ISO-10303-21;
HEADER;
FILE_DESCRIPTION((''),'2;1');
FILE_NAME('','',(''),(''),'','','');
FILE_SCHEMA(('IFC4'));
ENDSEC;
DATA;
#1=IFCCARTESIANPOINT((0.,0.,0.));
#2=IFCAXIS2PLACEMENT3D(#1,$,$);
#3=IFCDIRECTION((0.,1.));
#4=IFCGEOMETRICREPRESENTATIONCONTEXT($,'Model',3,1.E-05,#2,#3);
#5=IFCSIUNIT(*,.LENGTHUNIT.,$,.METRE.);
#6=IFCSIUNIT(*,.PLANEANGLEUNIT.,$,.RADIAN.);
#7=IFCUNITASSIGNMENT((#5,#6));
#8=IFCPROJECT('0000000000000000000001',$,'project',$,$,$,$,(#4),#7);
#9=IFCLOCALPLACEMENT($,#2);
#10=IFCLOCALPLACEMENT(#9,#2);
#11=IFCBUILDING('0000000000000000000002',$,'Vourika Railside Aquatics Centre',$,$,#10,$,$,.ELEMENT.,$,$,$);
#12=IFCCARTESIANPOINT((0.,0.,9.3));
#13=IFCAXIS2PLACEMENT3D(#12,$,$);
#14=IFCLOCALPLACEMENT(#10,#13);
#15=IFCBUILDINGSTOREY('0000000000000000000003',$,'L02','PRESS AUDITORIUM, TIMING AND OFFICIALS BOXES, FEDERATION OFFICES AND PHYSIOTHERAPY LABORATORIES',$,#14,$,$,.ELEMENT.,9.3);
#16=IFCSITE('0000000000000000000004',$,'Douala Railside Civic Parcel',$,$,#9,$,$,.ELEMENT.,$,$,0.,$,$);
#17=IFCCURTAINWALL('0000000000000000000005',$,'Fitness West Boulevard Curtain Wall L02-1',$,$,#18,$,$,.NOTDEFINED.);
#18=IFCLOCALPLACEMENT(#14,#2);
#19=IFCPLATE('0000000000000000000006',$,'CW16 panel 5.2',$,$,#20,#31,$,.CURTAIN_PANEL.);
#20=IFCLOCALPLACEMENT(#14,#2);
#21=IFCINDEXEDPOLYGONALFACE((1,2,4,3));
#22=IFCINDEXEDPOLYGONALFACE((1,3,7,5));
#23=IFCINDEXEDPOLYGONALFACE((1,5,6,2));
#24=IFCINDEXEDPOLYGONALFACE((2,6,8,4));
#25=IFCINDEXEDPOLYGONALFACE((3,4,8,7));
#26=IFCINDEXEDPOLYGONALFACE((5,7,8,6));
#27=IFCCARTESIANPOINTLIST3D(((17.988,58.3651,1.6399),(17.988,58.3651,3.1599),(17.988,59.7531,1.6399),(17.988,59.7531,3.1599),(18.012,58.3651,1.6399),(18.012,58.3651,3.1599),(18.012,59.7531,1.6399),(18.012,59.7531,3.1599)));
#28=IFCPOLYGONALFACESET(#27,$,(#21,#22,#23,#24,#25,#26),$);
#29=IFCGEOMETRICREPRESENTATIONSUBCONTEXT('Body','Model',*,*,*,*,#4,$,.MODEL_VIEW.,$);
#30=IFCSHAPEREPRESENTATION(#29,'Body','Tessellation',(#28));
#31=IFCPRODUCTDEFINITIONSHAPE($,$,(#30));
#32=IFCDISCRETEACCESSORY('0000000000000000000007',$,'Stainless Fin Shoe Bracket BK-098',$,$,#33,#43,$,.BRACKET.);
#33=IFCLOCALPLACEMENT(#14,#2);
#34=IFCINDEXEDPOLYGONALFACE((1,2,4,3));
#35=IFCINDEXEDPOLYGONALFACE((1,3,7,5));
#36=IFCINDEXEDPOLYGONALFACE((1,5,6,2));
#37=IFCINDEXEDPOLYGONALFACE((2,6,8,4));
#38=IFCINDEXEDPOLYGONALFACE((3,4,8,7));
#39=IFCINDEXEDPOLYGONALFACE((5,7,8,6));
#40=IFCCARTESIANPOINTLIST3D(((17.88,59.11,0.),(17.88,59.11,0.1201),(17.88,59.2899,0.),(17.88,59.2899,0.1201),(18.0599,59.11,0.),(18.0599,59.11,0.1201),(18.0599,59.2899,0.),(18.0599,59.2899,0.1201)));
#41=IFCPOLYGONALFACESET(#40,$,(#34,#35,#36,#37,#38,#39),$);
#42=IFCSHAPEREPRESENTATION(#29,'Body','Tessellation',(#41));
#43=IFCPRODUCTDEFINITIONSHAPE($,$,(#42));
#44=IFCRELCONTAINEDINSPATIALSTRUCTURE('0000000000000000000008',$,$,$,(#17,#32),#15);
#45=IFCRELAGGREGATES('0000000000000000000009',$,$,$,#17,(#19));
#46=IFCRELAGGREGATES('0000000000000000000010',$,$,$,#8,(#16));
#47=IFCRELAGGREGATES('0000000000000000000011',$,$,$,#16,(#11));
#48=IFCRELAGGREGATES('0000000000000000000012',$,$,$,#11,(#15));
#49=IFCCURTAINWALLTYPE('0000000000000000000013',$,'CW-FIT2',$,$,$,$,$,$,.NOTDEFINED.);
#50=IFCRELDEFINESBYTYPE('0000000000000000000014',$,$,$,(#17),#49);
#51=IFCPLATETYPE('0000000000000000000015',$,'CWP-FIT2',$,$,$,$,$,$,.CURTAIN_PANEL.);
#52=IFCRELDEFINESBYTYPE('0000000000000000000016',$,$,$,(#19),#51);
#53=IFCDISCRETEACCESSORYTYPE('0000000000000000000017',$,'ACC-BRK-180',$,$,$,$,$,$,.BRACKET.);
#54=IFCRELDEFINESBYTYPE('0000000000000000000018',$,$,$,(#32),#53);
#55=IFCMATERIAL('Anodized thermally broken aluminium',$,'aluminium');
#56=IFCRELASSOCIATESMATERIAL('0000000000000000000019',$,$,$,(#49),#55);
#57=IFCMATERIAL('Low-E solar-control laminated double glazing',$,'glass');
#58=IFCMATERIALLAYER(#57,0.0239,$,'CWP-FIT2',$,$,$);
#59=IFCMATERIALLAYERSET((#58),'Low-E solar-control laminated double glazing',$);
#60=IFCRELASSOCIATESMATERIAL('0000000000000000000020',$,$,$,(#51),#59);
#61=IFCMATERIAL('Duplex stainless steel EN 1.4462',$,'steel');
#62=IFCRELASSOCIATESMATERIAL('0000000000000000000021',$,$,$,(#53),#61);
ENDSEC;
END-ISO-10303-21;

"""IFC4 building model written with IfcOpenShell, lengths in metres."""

from ifc_helpers import new_model, si_unit, direction, frame, origin, origin_2d, place, context, subcontext, project, spatial, rectangle, extrude, material, layer, layer_set, type_object, element, aggregate, save


model = new_model("IFC4")

# Units and contexts
model_context = context("Model", 3, precision=1e-05, world=origin(), true_north=direction((0.0, 1.0)))
body_context = subcontext(model_context, "Body", "Model", "MODEL_VIEW")
ifc_project = project(units=[si_unit("LENGTHUNIT", "METRE"), si_unit("PLANEANGLEUNIT", "RADIAN")], contexts=[model_context])

# Site, building, storey
site_placement = place(None, origin())
site = spatial("IfcSite", under=ifc_project, at=site_placement, Name="Douala Railside Civic Parcel", CompositionType="ELEMENT", RefElevation=0.0)
building_placement = place(site_placement, origin())
building = spatial("IfcBuilding", under=site, at=building_placement, Name="Vourika Railside Aquatics Centre", CompositionType="ELEMENT")
storey_placement = place(building_placement, frame((0.0, 0.0, 9.3)))
storey = spatial("IfcBuildingStorey", under=building, at=storey_placement, Name="L02", Description="PRESS AUDITORIUM, TIMING AND OFFICIALS BOXES, FEDERATION OFFICES AND PHYSIOTHERAPY LABORATORIES", CompositionType="ELEMENT", Elevation=9.3)

# Curtain wall, plate
ifc_material_1 = material(Name="Anodized thermally broken aluminium", Category="aluminium")
curtain_wall_type = type_object("IfcCurtainWallType", Name="CW-FIT2", PredefinedType="NOTDEFINED", material=ifc_material_1)
curtain_wall_placement = place(storey_placement, origin())
curtain_wall = element("IfcCurtainWall", 1, at=curtain_wall_placement, inside=storey, type_object=curtain_wall_type, Name="Fitness West Boulevard Curtain Wall L02-1", PredefinedType="NOTDEFINED")
ifc_material_2 = material(Name="Low-E solar-control laminated double glazing", Category="glass")
ifc_layer = layer(ifc_material_2, 0.0239, Name="CWP-FIT2")
ifc_layer_set = layer_set([ifc_layer], Name="Low-E solar-control laminated double glazing")
plate_type = type_object("IfcPlateType", Name="CWP-FIT2", PredefinedType="CURTAIN_PANEL", material=ifc_layer_set)
plate_1_placement = place(storey_placement, frame((18.0, 59.0591, 1.6399), z_axis=(0.0, 0.0, 1.0), x_axis=(0.0, -1.0, 0.0)))
plate_1 = element("IfcPlate", 2, at=plate_1_placement, type_object=plate_type, Name="CW16 panel 5.2", PredefinedType="CURTAIN_PANEL", context=body_context, shape_type="SweptSolid", body=[
    extrude(rectangle(XDim=1.3879, YDim=0.0239, at=origin_2d()), origin(), (0.0, 0.0, 1.0), 1.52),
])
aggregate(curtain_wall, [plate_1])

# Shared definitions
ifc_material_3 = material(Name="Duplex stainless steel EN 1.4462", Category="steel")

# Discrete accessory
discrete_accessory_type = type_object("IfcDiscreteAccessoryType", Name="ACC-BRK-180", PredefinedType="BRACKET", material=ifc_material_3)
discrete_accessory_placement = place(storey_placement, frame((17.97, 59.2, 0.0), z_axis=(0.0, 0.0, 1.0), x_axis=(-1.0, 0.0, 0.0)))
element("IfcDiscreteAccessory", 3, at=discrete_accessory_placement, inside=storey, type_object=discrete_accessory_type, Name="Stainless Fin Shoe Bracket BK-098", PredefinedType="BRACKET", context=body_context, shape_type="SweptSolid", body=[
    extrude(rectangle(XDim=0.1799, YDim=0.1799, at=origin_2d()), origin(), (0.0, 0.0, 1.0), 0.1201),
])

save(model, "model.ifc")
